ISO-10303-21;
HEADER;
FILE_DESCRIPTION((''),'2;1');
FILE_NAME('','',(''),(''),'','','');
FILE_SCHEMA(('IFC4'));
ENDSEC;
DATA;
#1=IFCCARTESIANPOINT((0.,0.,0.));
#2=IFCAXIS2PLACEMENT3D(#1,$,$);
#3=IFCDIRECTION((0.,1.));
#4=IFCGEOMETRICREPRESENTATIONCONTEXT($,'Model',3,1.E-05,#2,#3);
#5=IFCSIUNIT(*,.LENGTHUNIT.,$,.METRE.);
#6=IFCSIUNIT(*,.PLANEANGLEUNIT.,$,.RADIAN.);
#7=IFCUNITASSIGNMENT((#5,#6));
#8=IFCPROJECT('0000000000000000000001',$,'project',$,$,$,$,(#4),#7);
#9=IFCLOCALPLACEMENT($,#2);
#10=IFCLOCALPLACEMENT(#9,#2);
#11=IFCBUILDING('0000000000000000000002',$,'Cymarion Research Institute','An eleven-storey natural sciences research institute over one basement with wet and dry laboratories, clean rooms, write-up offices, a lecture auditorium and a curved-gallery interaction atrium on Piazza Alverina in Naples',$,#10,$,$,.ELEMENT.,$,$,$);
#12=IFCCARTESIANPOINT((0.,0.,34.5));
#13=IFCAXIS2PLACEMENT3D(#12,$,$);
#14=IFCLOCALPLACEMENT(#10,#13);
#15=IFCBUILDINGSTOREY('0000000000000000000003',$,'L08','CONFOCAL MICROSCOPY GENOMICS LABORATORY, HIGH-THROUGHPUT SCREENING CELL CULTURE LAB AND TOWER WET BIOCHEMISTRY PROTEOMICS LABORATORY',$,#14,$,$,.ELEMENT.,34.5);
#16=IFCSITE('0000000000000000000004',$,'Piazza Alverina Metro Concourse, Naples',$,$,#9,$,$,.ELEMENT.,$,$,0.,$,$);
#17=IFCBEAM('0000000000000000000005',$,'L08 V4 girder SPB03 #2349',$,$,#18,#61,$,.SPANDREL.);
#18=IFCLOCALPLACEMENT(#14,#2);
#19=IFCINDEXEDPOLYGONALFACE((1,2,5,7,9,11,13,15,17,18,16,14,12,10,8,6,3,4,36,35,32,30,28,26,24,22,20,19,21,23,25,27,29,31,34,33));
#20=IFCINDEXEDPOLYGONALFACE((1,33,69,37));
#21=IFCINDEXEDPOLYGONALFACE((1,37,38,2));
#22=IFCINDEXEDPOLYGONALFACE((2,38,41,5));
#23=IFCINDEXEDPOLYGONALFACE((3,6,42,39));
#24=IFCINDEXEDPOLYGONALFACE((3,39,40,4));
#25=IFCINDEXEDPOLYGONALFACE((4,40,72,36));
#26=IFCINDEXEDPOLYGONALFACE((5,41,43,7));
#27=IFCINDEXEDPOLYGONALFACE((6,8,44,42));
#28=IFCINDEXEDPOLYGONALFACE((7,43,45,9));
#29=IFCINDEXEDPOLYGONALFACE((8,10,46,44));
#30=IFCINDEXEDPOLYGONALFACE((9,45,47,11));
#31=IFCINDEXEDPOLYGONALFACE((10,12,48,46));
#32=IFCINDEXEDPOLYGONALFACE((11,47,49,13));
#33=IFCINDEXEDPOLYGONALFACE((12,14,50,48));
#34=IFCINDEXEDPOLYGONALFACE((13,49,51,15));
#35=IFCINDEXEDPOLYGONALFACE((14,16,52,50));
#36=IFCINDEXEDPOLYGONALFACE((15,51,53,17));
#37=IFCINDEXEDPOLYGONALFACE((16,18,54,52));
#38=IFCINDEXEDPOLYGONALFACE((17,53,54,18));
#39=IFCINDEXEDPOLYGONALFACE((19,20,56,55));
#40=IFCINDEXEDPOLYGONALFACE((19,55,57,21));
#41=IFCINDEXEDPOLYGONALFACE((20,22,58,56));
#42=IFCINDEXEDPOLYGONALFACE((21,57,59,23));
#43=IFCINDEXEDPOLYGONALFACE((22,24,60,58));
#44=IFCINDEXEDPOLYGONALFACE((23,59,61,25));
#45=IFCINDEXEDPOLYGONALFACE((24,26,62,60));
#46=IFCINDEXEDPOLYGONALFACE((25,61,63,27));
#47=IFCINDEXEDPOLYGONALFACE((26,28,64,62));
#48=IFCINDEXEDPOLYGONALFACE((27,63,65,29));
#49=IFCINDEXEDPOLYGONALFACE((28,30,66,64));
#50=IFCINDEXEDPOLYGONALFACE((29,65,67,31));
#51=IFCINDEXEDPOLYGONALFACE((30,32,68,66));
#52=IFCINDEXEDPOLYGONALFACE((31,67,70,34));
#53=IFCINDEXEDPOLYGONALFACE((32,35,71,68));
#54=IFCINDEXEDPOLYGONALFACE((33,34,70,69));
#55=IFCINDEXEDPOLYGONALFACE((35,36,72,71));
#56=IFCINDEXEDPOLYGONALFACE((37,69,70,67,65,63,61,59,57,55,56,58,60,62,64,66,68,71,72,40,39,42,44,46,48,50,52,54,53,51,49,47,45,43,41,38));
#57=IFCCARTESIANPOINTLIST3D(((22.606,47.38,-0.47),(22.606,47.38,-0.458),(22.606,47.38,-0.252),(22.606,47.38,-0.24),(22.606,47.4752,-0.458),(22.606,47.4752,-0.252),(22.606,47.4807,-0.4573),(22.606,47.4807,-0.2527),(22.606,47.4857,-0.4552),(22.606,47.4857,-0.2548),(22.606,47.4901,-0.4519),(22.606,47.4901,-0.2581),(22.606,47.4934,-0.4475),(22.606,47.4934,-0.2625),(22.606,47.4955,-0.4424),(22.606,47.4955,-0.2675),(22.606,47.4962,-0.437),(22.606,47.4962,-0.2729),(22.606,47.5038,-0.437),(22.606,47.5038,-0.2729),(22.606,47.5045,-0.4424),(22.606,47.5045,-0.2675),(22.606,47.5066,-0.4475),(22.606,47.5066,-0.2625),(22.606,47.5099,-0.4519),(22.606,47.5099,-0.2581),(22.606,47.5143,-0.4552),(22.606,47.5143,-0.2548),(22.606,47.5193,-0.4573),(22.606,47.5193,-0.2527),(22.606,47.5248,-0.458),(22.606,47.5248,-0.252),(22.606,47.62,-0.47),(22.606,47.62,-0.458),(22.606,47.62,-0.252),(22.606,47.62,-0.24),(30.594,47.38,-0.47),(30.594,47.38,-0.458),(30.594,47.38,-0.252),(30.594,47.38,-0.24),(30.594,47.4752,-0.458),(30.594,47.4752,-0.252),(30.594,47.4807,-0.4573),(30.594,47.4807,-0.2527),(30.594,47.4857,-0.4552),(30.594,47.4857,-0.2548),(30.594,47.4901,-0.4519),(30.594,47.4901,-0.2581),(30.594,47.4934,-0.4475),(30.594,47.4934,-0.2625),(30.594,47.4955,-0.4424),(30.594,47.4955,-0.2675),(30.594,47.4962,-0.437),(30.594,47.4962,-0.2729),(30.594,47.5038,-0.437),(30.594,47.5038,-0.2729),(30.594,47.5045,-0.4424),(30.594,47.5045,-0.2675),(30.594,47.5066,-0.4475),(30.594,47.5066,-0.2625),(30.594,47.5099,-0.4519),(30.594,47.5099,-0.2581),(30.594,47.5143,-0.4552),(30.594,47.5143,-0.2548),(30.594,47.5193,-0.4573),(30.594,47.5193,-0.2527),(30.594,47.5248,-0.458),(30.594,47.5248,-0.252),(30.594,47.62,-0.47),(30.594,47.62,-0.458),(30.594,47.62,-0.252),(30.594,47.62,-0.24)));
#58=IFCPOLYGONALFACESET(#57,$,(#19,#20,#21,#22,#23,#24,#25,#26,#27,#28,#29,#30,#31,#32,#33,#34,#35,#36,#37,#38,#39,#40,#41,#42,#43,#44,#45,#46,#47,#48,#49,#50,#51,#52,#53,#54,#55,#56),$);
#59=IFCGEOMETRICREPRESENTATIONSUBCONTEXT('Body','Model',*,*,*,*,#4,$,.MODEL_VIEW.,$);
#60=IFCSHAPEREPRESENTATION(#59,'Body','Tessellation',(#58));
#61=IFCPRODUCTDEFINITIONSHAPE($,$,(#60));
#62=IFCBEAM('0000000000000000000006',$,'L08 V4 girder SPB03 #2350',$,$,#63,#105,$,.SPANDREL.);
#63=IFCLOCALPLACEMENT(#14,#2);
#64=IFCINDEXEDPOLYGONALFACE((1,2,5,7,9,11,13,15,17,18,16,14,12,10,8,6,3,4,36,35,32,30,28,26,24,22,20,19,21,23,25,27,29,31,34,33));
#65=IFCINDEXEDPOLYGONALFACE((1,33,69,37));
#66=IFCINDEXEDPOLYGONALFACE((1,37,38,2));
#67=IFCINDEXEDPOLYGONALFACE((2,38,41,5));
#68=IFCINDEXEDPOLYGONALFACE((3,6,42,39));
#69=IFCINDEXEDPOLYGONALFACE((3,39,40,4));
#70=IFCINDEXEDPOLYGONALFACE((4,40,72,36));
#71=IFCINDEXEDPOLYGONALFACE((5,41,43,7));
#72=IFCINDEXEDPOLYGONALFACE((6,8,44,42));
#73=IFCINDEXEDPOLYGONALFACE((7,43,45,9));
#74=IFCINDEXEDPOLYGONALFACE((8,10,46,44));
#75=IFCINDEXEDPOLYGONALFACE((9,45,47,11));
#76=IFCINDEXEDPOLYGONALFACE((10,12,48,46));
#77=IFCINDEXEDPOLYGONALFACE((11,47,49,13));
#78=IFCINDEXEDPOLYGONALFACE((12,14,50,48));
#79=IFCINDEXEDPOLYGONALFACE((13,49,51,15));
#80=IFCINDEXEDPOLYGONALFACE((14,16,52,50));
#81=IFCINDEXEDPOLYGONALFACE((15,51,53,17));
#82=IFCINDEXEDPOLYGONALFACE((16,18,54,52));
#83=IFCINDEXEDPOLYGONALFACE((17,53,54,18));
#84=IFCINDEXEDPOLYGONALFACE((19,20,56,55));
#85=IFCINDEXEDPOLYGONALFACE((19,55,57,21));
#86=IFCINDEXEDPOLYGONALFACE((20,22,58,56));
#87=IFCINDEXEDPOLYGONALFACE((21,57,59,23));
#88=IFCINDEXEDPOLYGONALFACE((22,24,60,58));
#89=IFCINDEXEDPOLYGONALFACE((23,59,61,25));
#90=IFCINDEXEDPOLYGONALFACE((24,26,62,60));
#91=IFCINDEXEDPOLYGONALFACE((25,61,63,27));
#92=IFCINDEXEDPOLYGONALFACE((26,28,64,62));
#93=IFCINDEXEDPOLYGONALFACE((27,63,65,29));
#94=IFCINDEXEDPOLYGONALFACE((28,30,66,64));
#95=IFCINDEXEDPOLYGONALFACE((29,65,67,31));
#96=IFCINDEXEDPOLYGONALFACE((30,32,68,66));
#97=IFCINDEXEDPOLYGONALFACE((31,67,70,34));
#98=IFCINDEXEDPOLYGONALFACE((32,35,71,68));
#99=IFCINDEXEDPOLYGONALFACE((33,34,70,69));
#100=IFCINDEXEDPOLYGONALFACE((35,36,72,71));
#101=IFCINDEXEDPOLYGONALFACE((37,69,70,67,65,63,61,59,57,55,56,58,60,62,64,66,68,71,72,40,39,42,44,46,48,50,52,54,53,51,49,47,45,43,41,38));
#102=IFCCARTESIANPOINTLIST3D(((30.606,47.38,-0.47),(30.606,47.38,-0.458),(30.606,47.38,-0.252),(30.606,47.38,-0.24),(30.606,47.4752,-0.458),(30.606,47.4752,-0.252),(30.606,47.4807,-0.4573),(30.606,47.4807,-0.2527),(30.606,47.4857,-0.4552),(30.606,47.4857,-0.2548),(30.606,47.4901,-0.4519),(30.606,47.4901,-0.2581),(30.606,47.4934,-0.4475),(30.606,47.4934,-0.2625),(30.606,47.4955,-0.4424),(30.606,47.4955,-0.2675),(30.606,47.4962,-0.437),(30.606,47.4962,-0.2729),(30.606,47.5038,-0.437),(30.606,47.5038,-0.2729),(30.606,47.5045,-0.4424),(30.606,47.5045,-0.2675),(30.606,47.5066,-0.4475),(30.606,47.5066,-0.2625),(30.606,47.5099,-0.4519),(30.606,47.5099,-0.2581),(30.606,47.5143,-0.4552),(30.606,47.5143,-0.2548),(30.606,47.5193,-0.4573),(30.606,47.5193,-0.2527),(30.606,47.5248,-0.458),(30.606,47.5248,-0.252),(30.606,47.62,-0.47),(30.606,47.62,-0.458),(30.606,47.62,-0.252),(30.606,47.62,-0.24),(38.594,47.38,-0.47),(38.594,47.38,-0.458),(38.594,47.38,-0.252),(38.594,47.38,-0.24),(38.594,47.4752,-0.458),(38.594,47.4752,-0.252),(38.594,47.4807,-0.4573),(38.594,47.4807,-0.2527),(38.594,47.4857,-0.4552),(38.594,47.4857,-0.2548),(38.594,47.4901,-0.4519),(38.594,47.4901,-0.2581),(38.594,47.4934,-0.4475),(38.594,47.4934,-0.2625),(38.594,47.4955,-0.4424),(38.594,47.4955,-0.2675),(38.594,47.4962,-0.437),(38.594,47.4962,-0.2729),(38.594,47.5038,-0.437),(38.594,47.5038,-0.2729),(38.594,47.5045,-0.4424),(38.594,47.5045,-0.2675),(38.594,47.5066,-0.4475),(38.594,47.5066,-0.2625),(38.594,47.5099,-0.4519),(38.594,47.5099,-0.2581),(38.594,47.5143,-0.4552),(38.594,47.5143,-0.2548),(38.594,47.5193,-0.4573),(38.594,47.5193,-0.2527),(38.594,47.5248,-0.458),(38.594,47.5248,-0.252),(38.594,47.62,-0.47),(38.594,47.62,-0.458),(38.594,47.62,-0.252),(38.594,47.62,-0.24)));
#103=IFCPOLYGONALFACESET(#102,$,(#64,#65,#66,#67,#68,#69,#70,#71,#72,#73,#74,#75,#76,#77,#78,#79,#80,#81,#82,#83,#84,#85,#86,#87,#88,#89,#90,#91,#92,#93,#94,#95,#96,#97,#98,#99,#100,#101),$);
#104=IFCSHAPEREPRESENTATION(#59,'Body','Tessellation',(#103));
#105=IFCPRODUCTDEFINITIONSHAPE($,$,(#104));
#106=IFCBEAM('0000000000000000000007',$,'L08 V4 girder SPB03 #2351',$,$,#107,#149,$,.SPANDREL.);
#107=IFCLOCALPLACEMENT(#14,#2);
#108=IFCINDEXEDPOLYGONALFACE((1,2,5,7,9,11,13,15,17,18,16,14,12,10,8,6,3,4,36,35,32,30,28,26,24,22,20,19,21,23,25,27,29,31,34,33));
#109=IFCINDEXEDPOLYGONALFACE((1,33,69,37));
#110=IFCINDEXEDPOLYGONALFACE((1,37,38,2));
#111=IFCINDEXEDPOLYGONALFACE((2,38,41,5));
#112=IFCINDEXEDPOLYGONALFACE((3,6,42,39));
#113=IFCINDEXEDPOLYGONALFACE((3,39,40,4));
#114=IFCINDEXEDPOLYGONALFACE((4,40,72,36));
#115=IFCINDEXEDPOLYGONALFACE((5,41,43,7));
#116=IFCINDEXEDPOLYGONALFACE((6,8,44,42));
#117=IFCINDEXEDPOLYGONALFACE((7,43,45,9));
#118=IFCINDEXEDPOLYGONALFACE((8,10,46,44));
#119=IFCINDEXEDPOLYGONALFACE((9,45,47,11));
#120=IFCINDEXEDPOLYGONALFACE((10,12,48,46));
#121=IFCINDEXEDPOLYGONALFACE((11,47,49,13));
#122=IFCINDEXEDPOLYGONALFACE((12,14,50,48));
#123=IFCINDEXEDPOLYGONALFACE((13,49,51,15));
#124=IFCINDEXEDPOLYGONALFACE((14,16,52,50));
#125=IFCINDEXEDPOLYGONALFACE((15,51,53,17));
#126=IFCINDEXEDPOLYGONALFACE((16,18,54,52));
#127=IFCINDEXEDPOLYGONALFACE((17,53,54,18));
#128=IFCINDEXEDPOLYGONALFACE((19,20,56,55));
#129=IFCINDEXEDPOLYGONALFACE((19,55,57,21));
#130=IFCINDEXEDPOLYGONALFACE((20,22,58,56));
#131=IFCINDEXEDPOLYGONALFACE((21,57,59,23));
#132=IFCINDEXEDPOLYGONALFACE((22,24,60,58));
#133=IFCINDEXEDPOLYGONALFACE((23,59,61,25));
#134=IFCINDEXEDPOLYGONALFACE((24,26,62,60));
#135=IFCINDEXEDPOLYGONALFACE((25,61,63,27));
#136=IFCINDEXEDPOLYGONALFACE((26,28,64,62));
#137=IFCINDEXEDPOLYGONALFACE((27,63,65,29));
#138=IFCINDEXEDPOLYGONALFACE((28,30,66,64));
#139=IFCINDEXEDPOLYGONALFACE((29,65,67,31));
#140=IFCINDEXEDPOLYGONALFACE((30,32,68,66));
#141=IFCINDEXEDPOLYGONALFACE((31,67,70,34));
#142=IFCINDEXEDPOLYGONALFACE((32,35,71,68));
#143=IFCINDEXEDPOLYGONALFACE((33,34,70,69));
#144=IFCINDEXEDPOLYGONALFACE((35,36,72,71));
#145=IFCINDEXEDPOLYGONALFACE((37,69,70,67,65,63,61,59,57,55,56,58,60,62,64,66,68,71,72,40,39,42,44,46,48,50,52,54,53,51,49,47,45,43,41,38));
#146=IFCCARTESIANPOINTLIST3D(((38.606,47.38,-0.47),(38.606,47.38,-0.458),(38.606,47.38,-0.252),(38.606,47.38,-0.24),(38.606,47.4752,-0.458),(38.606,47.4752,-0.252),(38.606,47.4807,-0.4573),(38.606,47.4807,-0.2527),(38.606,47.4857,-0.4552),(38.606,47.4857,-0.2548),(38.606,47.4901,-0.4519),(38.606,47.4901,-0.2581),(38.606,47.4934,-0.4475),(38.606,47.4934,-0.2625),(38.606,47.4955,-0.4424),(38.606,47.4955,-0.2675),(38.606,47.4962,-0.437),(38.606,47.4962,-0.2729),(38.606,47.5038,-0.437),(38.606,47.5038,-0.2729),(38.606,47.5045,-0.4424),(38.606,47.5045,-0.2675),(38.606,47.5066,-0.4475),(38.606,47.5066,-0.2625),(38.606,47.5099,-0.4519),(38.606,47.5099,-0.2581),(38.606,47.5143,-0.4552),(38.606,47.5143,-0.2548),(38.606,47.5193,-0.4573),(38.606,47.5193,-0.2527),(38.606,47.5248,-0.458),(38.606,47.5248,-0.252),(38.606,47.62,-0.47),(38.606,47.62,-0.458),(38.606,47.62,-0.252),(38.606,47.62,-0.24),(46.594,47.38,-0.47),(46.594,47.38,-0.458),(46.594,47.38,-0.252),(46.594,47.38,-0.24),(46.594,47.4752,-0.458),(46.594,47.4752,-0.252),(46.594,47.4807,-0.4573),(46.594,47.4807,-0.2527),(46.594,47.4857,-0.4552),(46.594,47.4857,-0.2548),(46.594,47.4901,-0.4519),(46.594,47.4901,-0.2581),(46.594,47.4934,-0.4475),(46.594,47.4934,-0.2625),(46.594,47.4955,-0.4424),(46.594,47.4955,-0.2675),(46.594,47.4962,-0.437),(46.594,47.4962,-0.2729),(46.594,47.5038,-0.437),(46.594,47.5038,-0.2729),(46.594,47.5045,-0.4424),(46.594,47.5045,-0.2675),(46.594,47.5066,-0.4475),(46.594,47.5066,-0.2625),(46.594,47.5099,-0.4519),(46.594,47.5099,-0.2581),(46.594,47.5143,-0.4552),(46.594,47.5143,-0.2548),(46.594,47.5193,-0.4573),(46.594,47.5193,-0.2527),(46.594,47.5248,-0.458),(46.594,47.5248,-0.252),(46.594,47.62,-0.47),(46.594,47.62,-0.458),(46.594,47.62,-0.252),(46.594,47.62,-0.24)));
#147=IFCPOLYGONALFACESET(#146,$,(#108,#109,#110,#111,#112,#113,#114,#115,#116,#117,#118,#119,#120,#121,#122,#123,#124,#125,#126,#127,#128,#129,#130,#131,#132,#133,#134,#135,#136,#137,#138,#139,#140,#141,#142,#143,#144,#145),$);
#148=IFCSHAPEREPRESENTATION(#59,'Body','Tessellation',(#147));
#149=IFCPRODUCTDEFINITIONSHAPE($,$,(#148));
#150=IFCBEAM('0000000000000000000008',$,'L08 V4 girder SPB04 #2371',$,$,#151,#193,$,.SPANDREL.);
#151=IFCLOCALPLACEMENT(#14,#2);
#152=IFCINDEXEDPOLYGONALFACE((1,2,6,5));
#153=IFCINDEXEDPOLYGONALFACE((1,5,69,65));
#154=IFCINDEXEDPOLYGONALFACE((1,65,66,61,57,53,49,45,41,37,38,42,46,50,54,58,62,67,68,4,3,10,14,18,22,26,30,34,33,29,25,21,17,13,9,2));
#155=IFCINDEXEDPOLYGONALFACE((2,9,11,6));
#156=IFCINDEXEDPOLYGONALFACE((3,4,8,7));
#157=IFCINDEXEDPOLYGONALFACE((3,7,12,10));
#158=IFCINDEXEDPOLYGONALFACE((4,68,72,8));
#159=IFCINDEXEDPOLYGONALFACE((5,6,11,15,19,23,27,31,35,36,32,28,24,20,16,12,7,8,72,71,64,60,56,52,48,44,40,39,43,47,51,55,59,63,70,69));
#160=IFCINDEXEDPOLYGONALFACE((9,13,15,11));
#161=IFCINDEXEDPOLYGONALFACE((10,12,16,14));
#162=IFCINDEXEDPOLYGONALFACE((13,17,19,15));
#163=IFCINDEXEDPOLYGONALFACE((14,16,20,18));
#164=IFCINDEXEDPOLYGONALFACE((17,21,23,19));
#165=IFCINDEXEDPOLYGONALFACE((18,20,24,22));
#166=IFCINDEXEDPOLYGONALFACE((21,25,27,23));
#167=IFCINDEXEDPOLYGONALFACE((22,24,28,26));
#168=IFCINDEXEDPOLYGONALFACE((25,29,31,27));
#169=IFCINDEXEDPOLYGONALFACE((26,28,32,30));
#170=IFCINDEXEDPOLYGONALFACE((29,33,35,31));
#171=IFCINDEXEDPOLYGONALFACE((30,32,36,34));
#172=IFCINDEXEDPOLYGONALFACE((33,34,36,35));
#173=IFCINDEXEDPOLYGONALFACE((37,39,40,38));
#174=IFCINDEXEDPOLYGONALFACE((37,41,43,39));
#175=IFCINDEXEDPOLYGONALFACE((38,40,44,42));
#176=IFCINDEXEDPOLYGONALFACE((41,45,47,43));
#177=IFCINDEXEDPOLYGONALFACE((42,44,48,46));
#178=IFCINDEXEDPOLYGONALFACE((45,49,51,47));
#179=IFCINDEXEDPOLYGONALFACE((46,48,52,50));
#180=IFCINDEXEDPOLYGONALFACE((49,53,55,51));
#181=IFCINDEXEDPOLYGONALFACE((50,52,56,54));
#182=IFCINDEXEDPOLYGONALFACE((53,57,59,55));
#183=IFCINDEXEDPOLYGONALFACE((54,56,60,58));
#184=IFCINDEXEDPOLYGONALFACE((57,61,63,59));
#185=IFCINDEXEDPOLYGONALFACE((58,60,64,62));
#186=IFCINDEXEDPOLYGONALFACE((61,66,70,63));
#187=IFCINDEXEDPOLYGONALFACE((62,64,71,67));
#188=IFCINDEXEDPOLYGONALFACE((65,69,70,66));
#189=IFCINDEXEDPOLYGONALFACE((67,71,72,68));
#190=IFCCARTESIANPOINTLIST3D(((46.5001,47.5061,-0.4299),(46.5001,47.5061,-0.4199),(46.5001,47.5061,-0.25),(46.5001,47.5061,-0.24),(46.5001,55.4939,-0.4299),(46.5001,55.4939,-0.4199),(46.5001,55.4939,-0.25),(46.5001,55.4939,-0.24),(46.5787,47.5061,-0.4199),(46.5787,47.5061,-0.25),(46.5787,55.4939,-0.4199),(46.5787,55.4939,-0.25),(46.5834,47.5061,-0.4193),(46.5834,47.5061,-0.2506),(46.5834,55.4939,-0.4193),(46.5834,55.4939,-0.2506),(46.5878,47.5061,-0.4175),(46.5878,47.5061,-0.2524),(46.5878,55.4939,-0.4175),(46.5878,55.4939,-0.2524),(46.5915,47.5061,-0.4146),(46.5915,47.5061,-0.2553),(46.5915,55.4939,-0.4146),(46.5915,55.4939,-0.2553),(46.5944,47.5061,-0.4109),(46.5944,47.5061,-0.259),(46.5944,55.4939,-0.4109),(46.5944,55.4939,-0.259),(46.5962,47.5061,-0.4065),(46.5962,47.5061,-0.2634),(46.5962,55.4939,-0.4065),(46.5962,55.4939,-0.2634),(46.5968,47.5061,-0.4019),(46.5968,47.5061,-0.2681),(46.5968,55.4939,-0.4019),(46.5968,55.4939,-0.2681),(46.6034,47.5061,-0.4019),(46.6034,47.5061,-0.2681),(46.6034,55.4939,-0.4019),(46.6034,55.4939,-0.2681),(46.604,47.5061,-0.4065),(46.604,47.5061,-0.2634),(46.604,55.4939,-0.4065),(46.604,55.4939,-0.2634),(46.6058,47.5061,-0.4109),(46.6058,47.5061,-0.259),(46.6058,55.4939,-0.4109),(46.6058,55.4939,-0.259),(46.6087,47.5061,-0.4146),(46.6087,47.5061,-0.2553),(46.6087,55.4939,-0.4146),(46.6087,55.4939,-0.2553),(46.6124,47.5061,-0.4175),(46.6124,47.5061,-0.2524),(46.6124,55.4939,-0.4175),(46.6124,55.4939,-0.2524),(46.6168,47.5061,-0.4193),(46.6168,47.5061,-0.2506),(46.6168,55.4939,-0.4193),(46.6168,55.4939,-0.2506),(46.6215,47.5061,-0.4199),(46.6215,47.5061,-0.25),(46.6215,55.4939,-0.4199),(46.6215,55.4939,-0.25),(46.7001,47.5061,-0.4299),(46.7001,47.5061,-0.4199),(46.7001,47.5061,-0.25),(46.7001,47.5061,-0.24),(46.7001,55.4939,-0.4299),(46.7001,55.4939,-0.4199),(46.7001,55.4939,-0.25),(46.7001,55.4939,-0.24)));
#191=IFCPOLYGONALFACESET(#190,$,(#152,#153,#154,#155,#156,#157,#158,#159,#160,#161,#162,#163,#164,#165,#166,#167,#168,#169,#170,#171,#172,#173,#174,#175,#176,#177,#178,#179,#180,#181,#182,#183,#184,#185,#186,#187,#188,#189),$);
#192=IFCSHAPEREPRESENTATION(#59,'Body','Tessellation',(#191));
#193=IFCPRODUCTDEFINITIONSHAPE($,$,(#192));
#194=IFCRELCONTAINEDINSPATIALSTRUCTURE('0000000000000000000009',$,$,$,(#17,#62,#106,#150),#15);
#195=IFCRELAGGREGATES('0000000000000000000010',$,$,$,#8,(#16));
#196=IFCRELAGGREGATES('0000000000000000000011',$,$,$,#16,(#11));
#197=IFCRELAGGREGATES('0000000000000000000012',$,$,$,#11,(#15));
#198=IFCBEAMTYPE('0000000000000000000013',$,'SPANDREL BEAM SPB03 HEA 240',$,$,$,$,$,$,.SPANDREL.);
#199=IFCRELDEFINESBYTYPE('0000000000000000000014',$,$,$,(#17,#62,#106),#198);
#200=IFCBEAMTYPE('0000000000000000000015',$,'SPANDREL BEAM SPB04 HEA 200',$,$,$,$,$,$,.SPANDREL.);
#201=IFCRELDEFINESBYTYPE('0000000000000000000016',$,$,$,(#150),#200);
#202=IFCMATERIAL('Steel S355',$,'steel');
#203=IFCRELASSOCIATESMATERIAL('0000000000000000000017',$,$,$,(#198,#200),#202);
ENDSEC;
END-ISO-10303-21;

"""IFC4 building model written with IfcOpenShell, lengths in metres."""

from ifc_helpers import new_model, si_unit, direction, frame, origin, origin_2d, place, context, subcontext, project, spatial, i_section, extrude, material, material_profile, profile_set, type_object, element, save


model = new_model("IFC4")

# Units and contexts
model_context = context("Model", 3, precision=1e-05, world=origin(), true_north=direction((0.0, 1.0)))
body_context = subcontext(model_context, "Body", "Model", "MODEL_VIEW")
ifc_project = project(units=[si_unit("LENGTHUNIT", "METRE"), si_unit("PLANEANGLEUNIT", "RADIAN")], contexts=[model_context])

# Site, building, storey
site_placement = place(None, origin())
site = spatial("IfcSite", under=ifc_project, at=site_placement, Name="Piazza Alverina Metro Concourse, Naples", CompositionType="ELEMENT", RefElevation=0.0)
building_placement = place(site_placement, origin())
building = spatial("IfcBuilding", under=site, at=building_placement, Name="Cymarion Research Institute", Description="An eleven-storey natural sciences research institute over one basement with wet and dry laboratories, clean rooms, write-up offices, a lecture auditorium and a curved-gallery interaction atrium on Piazza Alverina in Naples", CompositionType="ELEMENT")
storey_placement = place(building_placement, frame((0.0, 0.0, 34.5)))
storey = spatial("IfcBuildingStorey", under=building, at=storey_placement, Name="L08", Description="CONFOCAL MICROSCOPY GENOMICS LABORATORY, HIGH-THROUGHPUT SCREENING CELL CULTURE LAB AND TOWER WET BIOCHEMISTRY PROTEOMICS LABORATORY", CompositionType="ELEMENT", Elevation=34.5)

# Beams
ifc_material_1 = material(Name="Steel S355", Category="steel")
ifc_material_profile_1 = material_profile(ifc_material_1, i_section(OverallWidth=0.24, OverallDepth=0.23, WebThickness=0.0076, FlangeThickness=0.012, FilletRadius=0.021, at=origin_2d()), Name="HEA 240")
ifc_profile_set_1 = profile_set([ifc_material_profile_1], Name="Steel S355")
beam_type_1 = type_object("IfcBeamType", Name="SPANDREL BEAM SPB03 HEA 240", PredefinedType="SPANDREL", material=ifc_profile_set_1)
for number, where, z_axis, x_axis, name in (
    (1, (22.606, 47.5, -0.355), (1.0, 0.0, 0.0), (0.0, 1.0, 0.0), "L08 V4 girder SPB03 #2349"),
    (2, (30.606, 47.5, -0.355), (1.0, 0.0, 0.0), (0.0, 1.0, 0.0), "L08 V4 girder SPB03 #2350"),
    (3, (38.606, 47.5, -0.355), (1.0, 0.0, 0.0), (0.0, 1.0, 0.0), "L08 V4 girder SPB03 #2351"),
):
    element("IfcBeam", number, at=place(storey_placement, frame(where, z_axis=z_axis, x_axis=x_axis)), inside=storey, type_object=beam_type_1, Name=name, PredefinedType="SPANDREL", context=body_context, shape_type="SweptSolid", body=[
        extrude(i_section(OverallWidth=0.24, OverallDepth=0.23, WebThickness=0.0076, FlangeThickness=0.012, FilletRadius=0.021, at=origin_2d()), origin(), (0.0, 0.0, 1.0), 7.988),
    ])
ifc_material_profile_2 = material_profile(ifc_material_1, i_section(OverallWidth=0.2, OverallDepth=0.1899, WebThickness=0.0066, FlangeThickness=0.01, FilletRadius=0.0181, at=origin_2d()), Name="HEA 200")
ifc_profile_set_2 = profile_set([ifc_material_profile_2], Name="Steel S355")
beam_type_2 = type_object("IfcBeamType", Name="SPANDREL BEAM SPB04 HEA 200", PredefinedType="SPANDREL", material=ifc_profile_set_2)
for number, where, z_axis, x_axis, name in (
    (4, (46.6001, 47.5061, -0.335), (0.0, 1.0, 0.0), (-1.0, 0.0, 0.0), "L08 V4 girder SPB04 #2371"),
):
    element("IfcBeam", number, at=place(storey_placement, frame(where, z_axis=z_axis, x_axis=x_axis)), inside=storey, type_object=beam_type_2, Name=name, PredefinedType="SPANDREL", context=body_context, shape_type="SweptSolid", body=[
        extrude(i_section(OverallWidth=0.2, OverallDepth=0.1899, WebThickness=0.0066, FlangeThickness=0.01, FilletRadius=0.0181, at=origin_2d()), origin(), (0.0, 0.0, 1.0), 7.9878),
    ])

save(model, "model.ifc")
